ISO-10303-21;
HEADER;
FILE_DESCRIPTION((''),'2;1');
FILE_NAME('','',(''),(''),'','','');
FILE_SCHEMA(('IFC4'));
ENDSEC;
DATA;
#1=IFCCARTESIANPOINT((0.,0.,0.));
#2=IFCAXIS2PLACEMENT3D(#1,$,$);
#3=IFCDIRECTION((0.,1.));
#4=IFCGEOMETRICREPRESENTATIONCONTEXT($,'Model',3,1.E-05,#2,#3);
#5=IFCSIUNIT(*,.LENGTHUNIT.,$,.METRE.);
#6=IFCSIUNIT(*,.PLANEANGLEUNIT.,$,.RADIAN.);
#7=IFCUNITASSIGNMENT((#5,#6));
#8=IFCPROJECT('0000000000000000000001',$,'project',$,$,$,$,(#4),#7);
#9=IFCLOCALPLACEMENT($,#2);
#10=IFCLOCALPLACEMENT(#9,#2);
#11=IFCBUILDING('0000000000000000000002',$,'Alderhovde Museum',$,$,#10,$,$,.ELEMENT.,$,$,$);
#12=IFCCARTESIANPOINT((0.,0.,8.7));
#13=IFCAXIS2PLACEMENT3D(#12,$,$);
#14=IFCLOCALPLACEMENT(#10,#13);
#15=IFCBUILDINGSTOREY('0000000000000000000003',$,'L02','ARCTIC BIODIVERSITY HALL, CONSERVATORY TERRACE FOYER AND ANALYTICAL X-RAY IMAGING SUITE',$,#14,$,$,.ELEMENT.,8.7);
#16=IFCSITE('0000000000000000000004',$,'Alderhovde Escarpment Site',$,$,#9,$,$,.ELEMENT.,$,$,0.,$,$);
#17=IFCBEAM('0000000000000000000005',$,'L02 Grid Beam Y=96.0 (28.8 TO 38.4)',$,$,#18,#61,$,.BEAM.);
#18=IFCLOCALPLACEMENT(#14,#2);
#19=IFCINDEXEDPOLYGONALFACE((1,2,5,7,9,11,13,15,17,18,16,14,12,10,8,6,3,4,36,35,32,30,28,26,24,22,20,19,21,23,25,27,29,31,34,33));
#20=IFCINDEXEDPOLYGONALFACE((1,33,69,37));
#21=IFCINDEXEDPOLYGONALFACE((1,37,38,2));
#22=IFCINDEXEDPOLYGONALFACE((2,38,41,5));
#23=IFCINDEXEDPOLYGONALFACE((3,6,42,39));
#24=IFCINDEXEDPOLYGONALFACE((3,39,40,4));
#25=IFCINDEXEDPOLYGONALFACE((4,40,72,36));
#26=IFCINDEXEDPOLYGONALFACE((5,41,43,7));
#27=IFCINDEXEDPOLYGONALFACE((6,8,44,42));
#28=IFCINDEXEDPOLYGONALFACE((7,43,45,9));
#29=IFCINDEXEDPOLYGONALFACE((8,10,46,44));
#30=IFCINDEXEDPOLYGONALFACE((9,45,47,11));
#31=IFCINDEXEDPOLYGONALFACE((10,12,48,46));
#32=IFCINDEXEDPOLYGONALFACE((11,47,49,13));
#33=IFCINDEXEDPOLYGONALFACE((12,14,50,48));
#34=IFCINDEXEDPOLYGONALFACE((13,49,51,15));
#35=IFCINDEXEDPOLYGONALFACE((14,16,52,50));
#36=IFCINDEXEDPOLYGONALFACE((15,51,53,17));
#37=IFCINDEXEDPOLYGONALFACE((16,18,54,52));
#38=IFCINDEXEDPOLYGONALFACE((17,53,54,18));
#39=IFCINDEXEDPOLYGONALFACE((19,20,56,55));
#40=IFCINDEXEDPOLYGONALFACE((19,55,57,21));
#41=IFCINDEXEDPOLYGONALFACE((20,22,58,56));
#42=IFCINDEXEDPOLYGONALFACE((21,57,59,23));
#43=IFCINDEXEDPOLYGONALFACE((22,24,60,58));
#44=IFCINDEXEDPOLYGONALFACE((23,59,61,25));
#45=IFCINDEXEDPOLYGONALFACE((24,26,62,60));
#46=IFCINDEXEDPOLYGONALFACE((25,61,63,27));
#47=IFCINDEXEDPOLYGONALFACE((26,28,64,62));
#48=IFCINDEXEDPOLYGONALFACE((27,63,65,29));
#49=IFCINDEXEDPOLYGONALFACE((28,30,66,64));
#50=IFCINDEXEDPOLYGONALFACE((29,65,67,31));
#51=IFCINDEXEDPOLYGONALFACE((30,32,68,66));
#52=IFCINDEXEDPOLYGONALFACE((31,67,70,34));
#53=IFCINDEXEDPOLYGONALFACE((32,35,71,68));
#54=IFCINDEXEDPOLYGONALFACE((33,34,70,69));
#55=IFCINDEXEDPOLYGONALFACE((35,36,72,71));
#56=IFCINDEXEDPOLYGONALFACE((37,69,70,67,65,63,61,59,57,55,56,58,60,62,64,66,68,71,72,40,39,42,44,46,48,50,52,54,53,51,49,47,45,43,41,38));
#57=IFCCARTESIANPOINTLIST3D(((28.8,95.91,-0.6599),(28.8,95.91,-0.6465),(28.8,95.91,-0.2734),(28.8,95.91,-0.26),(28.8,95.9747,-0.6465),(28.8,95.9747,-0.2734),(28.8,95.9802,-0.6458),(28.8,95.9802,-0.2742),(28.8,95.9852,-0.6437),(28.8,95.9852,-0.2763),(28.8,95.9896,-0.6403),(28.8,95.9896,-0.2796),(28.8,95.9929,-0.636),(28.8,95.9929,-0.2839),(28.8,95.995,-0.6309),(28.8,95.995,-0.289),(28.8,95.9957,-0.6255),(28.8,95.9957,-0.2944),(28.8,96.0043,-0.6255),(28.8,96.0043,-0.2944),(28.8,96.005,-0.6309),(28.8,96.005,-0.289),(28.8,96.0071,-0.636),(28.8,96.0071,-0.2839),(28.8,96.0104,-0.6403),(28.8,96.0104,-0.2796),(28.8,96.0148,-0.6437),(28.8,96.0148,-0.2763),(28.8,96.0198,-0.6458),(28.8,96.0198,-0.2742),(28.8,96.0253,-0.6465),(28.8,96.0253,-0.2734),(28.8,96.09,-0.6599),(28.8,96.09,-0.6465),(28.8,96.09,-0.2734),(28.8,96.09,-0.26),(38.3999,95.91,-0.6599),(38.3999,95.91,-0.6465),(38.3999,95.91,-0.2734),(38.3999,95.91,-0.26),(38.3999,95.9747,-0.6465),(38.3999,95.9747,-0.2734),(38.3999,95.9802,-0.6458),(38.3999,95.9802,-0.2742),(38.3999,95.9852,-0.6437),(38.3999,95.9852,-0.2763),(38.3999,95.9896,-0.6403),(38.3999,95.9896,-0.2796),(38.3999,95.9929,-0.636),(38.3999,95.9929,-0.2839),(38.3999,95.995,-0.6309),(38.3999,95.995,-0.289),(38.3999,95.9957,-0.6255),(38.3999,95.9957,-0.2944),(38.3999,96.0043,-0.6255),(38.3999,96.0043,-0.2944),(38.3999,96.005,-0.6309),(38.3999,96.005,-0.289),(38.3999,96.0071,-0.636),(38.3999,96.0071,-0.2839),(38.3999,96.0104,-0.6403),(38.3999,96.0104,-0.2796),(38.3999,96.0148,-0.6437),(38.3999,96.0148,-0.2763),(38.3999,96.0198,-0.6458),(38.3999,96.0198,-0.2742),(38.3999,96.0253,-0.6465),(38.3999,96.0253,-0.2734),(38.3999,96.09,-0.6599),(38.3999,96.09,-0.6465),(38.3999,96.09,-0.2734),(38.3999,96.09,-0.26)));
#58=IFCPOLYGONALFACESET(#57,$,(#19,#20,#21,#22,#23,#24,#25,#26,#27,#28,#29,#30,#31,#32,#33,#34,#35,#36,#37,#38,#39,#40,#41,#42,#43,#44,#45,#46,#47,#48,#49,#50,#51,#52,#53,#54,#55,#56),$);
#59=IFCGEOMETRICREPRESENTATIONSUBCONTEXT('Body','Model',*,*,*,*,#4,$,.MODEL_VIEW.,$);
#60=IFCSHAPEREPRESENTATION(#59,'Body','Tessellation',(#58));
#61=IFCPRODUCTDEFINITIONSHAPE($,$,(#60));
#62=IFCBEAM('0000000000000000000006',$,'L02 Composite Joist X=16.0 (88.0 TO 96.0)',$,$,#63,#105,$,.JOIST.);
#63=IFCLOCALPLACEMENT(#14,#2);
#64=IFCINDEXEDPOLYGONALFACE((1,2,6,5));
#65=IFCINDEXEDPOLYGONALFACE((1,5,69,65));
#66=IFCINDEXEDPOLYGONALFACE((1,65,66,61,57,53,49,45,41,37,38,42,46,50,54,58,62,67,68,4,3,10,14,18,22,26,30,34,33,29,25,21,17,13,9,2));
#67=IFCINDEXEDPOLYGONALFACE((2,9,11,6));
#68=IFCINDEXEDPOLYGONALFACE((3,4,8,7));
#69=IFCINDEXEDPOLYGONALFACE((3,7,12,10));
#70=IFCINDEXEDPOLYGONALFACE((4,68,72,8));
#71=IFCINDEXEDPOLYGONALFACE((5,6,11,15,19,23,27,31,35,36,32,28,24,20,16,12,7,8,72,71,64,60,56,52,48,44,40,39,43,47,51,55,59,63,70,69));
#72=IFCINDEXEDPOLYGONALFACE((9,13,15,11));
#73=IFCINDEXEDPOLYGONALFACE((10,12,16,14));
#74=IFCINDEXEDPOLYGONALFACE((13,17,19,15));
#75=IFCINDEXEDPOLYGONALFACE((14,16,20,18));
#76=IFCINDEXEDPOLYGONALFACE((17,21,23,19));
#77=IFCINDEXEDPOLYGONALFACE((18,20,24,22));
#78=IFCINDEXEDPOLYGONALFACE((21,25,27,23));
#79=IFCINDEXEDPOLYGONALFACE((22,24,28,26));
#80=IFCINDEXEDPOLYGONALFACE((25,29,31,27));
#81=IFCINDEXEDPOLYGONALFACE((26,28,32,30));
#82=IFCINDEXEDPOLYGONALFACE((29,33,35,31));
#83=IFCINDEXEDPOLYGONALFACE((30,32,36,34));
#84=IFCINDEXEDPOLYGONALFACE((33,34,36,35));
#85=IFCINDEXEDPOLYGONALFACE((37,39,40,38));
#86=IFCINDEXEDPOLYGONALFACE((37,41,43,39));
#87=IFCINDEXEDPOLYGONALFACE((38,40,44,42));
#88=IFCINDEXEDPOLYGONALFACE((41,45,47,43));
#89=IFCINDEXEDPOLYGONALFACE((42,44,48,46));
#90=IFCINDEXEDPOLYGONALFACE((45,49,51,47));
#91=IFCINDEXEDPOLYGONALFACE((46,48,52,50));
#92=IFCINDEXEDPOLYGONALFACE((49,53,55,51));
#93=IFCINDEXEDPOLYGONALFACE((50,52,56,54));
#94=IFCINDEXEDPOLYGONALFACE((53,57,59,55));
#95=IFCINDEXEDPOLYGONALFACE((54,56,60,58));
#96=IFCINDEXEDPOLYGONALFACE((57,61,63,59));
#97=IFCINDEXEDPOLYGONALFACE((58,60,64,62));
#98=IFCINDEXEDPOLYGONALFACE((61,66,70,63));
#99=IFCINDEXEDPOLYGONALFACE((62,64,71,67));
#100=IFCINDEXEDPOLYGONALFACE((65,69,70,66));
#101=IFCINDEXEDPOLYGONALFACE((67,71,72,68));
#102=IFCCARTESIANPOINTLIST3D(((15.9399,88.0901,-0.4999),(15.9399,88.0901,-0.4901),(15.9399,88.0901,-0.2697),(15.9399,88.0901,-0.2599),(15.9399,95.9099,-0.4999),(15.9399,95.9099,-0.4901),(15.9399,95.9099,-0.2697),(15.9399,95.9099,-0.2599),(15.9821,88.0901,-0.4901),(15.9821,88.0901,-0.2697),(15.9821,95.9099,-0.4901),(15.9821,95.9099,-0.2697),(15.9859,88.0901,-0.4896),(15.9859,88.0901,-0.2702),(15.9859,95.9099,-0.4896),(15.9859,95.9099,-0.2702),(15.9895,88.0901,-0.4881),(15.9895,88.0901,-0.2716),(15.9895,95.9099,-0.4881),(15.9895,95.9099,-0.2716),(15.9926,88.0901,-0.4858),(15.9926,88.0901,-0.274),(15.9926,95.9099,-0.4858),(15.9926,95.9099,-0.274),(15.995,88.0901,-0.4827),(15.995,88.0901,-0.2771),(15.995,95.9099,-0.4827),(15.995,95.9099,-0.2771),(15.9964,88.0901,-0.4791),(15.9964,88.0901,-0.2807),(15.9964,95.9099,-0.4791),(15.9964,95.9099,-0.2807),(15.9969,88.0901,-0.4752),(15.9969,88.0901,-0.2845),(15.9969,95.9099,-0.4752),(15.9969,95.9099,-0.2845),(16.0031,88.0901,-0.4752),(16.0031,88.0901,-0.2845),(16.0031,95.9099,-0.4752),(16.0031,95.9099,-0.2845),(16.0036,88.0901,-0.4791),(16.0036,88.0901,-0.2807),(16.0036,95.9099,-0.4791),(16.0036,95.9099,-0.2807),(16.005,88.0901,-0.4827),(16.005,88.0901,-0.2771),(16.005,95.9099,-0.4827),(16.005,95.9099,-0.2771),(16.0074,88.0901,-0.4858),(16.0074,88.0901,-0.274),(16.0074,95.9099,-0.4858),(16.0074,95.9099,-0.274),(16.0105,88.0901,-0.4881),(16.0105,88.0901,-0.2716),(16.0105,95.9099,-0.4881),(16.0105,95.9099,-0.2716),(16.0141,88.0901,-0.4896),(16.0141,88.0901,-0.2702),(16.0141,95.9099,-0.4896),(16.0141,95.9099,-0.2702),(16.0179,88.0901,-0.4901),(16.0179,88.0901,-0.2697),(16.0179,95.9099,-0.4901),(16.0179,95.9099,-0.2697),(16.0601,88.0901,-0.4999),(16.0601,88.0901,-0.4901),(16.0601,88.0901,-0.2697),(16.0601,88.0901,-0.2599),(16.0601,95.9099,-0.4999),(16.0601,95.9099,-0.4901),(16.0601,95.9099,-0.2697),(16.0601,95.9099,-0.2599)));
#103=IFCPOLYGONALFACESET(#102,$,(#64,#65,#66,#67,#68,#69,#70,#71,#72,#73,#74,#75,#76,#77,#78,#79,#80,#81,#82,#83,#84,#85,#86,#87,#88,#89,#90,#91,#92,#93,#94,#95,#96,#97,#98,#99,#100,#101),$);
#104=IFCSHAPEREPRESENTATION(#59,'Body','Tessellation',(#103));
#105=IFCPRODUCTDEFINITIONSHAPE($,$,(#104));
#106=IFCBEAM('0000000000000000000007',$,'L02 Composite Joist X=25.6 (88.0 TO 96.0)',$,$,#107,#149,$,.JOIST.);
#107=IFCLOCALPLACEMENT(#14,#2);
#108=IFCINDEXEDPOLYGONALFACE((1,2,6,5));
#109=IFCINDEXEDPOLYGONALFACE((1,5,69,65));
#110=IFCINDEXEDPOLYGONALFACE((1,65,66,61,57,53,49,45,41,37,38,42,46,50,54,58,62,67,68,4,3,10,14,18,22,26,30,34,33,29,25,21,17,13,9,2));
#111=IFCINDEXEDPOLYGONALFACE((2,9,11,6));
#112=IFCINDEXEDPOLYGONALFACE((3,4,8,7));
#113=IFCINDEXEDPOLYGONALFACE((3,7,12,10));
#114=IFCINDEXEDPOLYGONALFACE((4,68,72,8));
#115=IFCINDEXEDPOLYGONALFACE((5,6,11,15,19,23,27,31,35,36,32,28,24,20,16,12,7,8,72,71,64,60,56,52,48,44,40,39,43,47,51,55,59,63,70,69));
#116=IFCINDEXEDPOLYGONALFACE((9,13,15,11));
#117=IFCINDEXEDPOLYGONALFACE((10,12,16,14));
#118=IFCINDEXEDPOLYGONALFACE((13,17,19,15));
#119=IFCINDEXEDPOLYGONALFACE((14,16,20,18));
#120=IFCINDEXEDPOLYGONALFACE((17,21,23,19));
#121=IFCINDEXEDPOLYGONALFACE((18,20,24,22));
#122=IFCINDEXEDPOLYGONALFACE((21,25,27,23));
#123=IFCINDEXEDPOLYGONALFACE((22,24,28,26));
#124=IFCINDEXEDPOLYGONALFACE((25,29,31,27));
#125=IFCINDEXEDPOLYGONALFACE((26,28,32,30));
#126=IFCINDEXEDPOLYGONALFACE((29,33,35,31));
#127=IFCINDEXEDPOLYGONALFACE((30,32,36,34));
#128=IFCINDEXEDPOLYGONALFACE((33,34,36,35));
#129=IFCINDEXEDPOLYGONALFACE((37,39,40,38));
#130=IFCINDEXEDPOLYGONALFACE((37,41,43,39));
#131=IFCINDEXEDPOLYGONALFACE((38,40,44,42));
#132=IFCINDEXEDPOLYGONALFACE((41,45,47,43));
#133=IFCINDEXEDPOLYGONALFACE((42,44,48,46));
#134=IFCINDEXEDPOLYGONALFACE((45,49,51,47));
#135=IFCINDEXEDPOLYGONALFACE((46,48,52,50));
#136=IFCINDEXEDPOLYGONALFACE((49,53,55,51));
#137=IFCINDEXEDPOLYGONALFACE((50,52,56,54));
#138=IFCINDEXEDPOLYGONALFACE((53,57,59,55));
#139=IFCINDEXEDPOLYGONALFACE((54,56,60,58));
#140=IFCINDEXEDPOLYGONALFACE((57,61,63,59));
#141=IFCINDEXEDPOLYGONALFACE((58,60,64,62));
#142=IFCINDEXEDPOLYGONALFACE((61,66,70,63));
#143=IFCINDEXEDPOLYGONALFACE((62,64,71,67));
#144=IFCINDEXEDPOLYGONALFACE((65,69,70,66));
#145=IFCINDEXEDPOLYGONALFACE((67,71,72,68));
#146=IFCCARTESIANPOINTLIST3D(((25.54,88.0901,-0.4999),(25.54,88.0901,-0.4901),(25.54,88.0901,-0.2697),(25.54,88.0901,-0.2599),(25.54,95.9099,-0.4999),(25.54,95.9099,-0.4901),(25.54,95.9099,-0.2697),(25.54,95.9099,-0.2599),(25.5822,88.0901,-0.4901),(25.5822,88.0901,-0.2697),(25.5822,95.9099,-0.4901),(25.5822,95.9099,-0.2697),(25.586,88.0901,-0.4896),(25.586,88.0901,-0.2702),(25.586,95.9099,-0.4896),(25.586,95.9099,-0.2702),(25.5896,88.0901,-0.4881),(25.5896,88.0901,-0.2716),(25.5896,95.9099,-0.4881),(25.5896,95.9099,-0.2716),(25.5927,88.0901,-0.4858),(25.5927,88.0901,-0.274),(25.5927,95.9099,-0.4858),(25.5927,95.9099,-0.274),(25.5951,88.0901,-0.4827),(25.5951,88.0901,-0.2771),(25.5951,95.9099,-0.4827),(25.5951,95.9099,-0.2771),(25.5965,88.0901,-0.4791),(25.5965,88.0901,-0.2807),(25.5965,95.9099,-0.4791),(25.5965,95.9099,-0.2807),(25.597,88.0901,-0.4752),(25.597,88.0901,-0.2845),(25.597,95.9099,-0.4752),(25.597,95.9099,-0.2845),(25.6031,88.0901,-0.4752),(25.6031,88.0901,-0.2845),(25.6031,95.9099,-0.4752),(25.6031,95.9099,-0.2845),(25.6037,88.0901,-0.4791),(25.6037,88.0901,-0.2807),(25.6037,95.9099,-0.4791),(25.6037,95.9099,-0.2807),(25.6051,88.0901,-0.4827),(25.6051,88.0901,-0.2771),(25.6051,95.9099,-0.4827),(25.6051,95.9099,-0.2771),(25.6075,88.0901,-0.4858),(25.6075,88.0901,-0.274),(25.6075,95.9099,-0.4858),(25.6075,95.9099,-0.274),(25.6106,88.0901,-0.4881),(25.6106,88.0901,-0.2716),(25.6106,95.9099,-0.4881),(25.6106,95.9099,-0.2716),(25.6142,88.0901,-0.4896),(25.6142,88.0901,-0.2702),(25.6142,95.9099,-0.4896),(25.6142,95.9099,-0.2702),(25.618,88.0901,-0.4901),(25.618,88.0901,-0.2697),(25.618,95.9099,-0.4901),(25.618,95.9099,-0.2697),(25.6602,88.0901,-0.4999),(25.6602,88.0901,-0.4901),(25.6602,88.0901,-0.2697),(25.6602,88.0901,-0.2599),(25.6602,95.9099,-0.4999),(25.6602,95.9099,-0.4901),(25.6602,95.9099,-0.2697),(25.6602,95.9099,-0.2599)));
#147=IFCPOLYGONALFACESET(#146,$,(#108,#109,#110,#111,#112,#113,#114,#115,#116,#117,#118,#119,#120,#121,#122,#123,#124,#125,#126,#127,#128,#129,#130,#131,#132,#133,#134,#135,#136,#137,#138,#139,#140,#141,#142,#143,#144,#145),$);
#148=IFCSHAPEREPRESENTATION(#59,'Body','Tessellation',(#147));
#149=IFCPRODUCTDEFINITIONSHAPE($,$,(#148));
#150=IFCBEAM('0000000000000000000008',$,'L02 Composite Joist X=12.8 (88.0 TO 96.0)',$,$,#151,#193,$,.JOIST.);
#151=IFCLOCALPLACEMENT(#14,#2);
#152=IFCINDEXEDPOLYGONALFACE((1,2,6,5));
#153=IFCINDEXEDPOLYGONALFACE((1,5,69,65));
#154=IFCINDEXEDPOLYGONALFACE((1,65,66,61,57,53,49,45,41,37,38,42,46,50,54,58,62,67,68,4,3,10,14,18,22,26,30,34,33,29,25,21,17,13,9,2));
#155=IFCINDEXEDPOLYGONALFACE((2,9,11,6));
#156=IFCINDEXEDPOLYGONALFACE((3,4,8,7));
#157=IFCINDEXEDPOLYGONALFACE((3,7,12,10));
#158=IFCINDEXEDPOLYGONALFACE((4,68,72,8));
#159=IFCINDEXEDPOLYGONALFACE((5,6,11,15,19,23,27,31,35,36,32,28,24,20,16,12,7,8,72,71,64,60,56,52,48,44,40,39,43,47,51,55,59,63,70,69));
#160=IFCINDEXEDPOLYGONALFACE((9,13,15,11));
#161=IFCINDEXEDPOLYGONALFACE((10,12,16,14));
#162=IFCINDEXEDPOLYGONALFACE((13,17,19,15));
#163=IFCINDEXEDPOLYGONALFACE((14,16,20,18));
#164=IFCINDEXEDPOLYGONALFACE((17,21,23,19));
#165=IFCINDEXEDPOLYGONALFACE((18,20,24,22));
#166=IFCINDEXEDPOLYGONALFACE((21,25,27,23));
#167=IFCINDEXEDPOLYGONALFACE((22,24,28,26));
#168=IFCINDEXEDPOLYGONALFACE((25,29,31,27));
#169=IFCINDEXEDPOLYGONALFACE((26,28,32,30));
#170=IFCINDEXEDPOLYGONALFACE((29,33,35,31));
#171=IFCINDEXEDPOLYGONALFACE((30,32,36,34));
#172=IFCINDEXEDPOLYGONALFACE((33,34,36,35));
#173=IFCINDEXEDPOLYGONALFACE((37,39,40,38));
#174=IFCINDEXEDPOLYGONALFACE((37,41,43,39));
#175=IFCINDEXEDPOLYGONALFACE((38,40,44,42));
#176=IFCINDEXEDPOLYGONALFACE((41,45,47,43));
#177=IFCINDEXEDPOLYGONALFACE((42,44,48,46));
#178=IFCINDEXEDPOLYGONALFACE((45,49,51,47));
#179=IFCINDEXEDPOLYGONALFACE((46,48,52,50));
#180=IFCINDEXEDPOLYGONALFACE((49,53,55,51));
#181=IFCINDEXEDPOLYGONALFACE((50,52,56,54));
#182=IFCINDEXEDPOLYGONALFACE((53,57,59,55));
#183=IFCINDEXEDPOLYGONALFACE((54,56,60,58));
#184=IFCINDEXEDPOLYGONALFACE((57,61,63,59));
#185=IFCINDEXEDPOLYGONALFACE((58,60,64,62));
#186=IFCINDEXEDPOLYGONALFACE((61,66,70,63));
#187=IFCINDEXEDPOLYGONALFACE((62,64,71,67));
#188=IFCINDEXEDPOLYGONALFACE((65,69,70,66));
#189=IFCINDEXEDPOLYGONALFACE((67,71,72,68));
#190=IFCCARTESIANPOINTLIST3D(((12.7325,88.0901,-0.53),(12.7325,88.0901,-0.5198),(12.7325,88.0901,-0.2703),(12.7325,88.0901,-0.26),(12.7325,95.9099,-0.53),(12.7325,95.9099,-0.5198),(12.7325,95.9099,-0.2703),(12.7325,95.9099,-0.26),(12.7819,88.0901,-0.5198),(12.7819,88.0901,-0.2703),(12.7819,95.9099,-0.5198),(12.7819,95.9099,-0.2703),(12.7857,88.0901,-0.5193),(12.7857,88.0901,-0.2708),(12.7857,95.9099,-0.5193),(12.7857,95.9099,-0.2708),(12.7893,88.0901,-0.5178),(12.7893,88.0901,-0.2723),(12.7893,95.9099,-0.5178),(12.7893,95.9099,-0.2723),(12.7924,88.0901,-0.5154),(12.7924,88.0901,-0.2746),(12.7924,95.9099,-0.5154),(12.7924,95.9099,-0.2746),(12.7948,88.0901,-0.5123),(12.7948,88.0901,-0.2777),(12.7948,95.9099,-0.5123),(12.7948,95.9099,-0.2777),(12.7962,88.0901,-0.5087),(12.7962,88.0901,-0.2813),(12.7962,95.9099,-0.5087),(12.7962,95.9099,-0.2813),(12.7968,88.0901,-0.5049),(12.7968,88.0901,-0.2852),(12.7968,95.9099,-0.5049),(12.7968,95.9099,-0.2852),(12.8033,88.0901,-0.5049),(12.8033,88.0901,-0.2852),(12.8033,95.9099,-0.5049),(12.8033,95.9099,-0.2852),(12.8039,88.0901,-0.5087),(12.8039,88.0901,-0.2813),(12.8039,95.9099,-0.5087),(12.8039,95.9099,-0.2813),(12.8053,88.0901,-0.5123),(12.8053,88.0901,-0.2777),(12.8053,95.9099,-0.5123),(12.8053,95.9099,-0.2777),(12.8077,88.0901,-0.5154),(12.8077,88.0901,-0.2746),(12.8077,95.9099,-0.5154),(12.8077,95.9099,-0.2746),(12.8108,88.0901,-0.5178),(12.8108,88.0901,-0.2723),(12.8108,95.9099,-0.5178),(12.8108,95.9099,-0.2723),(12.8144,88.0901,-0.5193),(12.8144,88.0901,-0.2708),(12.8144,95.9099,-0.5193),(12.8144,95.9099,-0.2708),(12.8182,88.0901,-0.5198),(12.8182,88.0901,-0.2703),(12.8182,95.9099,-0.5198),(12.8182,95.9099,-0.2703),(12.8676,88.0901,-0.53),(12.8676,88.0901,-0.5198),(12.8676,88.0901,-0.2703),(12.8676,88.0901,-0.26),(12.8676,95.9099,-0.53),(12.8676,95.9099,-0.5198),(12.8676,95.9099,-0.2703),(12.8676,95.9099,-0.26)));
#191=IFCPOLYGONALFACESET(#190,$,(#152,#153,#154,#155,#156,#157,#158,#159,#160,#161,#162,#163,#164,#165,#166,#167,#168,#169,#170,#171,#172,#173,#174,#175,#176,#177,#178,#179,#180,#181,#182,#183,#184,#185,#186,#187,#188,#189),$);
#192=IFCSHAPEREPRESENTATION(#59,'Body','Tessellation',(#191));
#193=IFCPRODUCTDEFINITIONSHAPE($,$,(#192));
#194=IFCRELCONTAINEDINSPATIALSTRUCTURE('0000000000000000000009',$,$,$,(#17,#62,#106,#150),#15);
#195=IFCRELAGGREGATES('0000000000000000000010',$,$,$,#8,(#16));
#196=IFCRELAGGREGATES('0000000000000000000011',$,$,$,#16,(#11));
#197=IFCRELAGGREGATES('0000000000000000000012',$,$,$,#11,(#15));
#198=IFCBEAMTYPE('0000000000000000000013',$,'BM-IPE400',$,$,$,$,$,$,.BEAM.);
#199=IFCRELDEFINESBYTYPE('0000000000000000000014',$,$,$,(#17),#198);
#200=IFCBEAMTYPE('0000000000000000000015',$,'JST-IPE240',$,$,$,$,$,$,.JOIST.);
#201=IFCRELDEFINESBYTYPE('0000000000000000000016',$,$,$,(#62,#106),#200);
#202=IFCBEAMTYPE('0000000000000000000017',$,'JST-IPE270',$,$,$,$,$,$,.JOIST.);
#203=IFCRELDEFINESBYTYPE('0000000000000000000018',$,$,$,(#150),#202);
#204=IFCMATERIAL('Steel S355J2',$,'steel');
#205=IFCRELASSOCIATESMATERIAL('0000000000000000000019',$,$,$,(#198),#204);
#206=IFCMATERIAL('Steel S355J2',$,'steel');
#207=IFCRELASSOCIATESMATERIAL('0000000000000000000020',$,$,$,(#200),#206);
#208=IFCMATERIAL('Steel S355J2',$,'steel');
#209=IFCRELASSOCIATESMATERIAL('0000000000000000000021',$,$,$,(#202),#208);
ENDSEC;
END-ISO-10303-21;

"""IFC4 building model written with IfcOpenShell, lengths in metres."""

from ifc_helpers import new_model, si_unit, direction, frame, origin, origin_2d, place, context, subcontext, project, spatial, i_section, extrude, material, material_profile, profile_set, type_object, element, save


model = new_model("IFC4")

# Units and contexts
model_context = context("Model", 3, precision=1e-05, world=origin(), true_north=direction((0.0, 1.0)))
body_context = subcontext(model_context, "Body", "Model", "MODEL_VIEW")
ifc_project = project(units=[si_unit("LENGTHUNIT", "METRE"), si_unit("PLANEANGLEUNIT", "RADIAN")], contexts=[model_context])

# Site, building, storey
site_placement = place(None, origin())
site = spatial("IfcSite", under=ifc_project, at=site_placement, Name="Alderhovde Escarpment Site", CompositionType="ELEMENT", RefElevation=0.0)
building_placement = place(site_placement, origin())
building = spatial("IfcBuilding", under=site, at=building_placement, Name="Alderhovde Museum", CompositionType="ELEMENT")
storey_placement = place(building_placement, frame((0.0, 0.0, 8.7)))
storey = spatial("IfcBuildingStorey", under=building, at=storey_placement, Name="L02", Description="ARCTIC BIODIVERSITY HALL, CONSERVATORY TERRACE FOYER AND ANALYTICAL X-RAY IMAGING SUITE", CompositionType="ELEMENT", Elevation=8.7)

# Beams
ifc_material_1 = material(Name="Steel S355J2", Category="steel")
ifc_material_profile_1 = material_profile(ifc_material_1, i_section(OverallWidth=0.1799, OverallDepth=0.3999, WebThickness=0.0085, FlangeThickness=0.0134, FilletRadius=0.021, at=origin_2d()), Name="IPE 400")
ifc_profile_set_1 = profile_set([ifc_material_profile_1], Name="Steel S355J2")
beam_type_1 = type_object("IfcBeamType", Name="BM-IPE400", PredefinedType="BEAM", material=ifc_profile_set_1)
beam_1_placement = place(storey_placement, frame((28.8, 96.0, -0.46), z_axis=(1.0, 0.0, 0.0), x_axis=(0.0, 1.0, 0.0)))
element("IfcBeam", 1, at=beam_1_placement, inside=storey, type_object=beam_type_1, Name="L02 Grid Beam Y=96.0 (28.8 TO 38.4)", PredefinedType="BEAM", context=body_context, shape_type="SweptSolid", body=[
    extrude(i_section(OverallWidth=0.1799, OverallDepth=0.3999, WebThickness=0.0085, FlangeThickness=0.0134, FilletRadius=0.021, at=origin_2d()), origin(), (0.0, 0.0, 1.0), 9.5999),
])
ifc_material_2 = material(Name="Steel S355J2", Category="steel")
ifc_material_profile_2 = material_profile(ifc_material_2, i_section(OverallWidth=0.1201, OverallDepth=0.24, WebThickness=0.0061, FlangeThickness=0.0098, FilletRadius=0.0149, at=origin_2d()), Name="IPE 240")
ifc_profile_set_2 = profile_set([ifc_material_profile_2], Name="Steel S355J2")
beam_type_2 = type_object("IfcBeamType", Name="JST-IPE240", PredefinedType="JOIST", material=ifc_profile_set_2)
for number, where, z_axis, x_axis, name in (
    (2, (16.0, 88.0901, -0.3799), (0.0, 1.0, 0.0), (-1.0, 0.0, 0.0), "L02 Composite Joist X=16.0 (88.0 TO 96.0)"),
    (3, (25.6001, 88.0901, -0.3799), (0.0, 1.0, 0.0), (-1.0, 0.0, 0.0), "L02 Composite Joist X=25.6 (88.0 TO 96.0)"),
):
    element("IfcBeam", number, at=place(storey_placement, frame(where, z_axis=z_axis, x_axis=x_axis)), inside=storey, type_object=beam_type_2, Name=name, PredefinedType="JOIST", context=body_context, shape_type="SweptSolid", body=[
        extrude(i_section(OverallWidth=0.1201, OverallDepth=0.24, WebThickness=0.0061, FlangeThickness=0.0098, FilletRadius=0.0149, at=origin_2d()), origin(), (0.0, 0.0, 1.0), 7.8198),
    ])
ifc_material_3 = material(Name="Steel S355J2", Category="steel")
ifc_material_profile_3 = material_profile(ifc_material_3, i_section(OverallWidth=0.135, OverallDepth=0.27, WebThickness=0.0066, FlangeThickness=0.0103, FilletRadius=0.0149, at=origin_2d()), Name="IPE 270")
ifc_profile_set_3 = profile_set([ifc_material_profile_3], Name="Steel S355J2")
beam_type_3 = type_object("IfcBeamType", Name="JST-IPE270", PredefinedType="JOIST", material=ifc_profile_set_3)
for number, where, z_axis, x_axis, name in (
    (4, (12.8, 88.0901, -0.395), (0.0, 1.0, 0.0), (-1.0, 0.0, 0.0), "L02 Composite Joist X=12.8 (88.0 TO 96.0)"),
):
    element("IfcBeam", number, at=place(storey_placement, frame(where, z_axis=z_axis, x_axis=x_axis)), inside=storey, type_object=beam_type_3, Name=name, PredefinedType="JOIST", context=body_context, shape_type="SweptSolid", body=[
        extrude(i_section(OverallWidth=0.135, OverallDepth=0.27, WebThickness=0.0066, FlangeThickness=0.0103, FilletRadius=0.0149, at=origin_2d()), origin(), (0.0, 0.0, 1.0), 7.8198),
    ])

save(model, "model.ifc")
